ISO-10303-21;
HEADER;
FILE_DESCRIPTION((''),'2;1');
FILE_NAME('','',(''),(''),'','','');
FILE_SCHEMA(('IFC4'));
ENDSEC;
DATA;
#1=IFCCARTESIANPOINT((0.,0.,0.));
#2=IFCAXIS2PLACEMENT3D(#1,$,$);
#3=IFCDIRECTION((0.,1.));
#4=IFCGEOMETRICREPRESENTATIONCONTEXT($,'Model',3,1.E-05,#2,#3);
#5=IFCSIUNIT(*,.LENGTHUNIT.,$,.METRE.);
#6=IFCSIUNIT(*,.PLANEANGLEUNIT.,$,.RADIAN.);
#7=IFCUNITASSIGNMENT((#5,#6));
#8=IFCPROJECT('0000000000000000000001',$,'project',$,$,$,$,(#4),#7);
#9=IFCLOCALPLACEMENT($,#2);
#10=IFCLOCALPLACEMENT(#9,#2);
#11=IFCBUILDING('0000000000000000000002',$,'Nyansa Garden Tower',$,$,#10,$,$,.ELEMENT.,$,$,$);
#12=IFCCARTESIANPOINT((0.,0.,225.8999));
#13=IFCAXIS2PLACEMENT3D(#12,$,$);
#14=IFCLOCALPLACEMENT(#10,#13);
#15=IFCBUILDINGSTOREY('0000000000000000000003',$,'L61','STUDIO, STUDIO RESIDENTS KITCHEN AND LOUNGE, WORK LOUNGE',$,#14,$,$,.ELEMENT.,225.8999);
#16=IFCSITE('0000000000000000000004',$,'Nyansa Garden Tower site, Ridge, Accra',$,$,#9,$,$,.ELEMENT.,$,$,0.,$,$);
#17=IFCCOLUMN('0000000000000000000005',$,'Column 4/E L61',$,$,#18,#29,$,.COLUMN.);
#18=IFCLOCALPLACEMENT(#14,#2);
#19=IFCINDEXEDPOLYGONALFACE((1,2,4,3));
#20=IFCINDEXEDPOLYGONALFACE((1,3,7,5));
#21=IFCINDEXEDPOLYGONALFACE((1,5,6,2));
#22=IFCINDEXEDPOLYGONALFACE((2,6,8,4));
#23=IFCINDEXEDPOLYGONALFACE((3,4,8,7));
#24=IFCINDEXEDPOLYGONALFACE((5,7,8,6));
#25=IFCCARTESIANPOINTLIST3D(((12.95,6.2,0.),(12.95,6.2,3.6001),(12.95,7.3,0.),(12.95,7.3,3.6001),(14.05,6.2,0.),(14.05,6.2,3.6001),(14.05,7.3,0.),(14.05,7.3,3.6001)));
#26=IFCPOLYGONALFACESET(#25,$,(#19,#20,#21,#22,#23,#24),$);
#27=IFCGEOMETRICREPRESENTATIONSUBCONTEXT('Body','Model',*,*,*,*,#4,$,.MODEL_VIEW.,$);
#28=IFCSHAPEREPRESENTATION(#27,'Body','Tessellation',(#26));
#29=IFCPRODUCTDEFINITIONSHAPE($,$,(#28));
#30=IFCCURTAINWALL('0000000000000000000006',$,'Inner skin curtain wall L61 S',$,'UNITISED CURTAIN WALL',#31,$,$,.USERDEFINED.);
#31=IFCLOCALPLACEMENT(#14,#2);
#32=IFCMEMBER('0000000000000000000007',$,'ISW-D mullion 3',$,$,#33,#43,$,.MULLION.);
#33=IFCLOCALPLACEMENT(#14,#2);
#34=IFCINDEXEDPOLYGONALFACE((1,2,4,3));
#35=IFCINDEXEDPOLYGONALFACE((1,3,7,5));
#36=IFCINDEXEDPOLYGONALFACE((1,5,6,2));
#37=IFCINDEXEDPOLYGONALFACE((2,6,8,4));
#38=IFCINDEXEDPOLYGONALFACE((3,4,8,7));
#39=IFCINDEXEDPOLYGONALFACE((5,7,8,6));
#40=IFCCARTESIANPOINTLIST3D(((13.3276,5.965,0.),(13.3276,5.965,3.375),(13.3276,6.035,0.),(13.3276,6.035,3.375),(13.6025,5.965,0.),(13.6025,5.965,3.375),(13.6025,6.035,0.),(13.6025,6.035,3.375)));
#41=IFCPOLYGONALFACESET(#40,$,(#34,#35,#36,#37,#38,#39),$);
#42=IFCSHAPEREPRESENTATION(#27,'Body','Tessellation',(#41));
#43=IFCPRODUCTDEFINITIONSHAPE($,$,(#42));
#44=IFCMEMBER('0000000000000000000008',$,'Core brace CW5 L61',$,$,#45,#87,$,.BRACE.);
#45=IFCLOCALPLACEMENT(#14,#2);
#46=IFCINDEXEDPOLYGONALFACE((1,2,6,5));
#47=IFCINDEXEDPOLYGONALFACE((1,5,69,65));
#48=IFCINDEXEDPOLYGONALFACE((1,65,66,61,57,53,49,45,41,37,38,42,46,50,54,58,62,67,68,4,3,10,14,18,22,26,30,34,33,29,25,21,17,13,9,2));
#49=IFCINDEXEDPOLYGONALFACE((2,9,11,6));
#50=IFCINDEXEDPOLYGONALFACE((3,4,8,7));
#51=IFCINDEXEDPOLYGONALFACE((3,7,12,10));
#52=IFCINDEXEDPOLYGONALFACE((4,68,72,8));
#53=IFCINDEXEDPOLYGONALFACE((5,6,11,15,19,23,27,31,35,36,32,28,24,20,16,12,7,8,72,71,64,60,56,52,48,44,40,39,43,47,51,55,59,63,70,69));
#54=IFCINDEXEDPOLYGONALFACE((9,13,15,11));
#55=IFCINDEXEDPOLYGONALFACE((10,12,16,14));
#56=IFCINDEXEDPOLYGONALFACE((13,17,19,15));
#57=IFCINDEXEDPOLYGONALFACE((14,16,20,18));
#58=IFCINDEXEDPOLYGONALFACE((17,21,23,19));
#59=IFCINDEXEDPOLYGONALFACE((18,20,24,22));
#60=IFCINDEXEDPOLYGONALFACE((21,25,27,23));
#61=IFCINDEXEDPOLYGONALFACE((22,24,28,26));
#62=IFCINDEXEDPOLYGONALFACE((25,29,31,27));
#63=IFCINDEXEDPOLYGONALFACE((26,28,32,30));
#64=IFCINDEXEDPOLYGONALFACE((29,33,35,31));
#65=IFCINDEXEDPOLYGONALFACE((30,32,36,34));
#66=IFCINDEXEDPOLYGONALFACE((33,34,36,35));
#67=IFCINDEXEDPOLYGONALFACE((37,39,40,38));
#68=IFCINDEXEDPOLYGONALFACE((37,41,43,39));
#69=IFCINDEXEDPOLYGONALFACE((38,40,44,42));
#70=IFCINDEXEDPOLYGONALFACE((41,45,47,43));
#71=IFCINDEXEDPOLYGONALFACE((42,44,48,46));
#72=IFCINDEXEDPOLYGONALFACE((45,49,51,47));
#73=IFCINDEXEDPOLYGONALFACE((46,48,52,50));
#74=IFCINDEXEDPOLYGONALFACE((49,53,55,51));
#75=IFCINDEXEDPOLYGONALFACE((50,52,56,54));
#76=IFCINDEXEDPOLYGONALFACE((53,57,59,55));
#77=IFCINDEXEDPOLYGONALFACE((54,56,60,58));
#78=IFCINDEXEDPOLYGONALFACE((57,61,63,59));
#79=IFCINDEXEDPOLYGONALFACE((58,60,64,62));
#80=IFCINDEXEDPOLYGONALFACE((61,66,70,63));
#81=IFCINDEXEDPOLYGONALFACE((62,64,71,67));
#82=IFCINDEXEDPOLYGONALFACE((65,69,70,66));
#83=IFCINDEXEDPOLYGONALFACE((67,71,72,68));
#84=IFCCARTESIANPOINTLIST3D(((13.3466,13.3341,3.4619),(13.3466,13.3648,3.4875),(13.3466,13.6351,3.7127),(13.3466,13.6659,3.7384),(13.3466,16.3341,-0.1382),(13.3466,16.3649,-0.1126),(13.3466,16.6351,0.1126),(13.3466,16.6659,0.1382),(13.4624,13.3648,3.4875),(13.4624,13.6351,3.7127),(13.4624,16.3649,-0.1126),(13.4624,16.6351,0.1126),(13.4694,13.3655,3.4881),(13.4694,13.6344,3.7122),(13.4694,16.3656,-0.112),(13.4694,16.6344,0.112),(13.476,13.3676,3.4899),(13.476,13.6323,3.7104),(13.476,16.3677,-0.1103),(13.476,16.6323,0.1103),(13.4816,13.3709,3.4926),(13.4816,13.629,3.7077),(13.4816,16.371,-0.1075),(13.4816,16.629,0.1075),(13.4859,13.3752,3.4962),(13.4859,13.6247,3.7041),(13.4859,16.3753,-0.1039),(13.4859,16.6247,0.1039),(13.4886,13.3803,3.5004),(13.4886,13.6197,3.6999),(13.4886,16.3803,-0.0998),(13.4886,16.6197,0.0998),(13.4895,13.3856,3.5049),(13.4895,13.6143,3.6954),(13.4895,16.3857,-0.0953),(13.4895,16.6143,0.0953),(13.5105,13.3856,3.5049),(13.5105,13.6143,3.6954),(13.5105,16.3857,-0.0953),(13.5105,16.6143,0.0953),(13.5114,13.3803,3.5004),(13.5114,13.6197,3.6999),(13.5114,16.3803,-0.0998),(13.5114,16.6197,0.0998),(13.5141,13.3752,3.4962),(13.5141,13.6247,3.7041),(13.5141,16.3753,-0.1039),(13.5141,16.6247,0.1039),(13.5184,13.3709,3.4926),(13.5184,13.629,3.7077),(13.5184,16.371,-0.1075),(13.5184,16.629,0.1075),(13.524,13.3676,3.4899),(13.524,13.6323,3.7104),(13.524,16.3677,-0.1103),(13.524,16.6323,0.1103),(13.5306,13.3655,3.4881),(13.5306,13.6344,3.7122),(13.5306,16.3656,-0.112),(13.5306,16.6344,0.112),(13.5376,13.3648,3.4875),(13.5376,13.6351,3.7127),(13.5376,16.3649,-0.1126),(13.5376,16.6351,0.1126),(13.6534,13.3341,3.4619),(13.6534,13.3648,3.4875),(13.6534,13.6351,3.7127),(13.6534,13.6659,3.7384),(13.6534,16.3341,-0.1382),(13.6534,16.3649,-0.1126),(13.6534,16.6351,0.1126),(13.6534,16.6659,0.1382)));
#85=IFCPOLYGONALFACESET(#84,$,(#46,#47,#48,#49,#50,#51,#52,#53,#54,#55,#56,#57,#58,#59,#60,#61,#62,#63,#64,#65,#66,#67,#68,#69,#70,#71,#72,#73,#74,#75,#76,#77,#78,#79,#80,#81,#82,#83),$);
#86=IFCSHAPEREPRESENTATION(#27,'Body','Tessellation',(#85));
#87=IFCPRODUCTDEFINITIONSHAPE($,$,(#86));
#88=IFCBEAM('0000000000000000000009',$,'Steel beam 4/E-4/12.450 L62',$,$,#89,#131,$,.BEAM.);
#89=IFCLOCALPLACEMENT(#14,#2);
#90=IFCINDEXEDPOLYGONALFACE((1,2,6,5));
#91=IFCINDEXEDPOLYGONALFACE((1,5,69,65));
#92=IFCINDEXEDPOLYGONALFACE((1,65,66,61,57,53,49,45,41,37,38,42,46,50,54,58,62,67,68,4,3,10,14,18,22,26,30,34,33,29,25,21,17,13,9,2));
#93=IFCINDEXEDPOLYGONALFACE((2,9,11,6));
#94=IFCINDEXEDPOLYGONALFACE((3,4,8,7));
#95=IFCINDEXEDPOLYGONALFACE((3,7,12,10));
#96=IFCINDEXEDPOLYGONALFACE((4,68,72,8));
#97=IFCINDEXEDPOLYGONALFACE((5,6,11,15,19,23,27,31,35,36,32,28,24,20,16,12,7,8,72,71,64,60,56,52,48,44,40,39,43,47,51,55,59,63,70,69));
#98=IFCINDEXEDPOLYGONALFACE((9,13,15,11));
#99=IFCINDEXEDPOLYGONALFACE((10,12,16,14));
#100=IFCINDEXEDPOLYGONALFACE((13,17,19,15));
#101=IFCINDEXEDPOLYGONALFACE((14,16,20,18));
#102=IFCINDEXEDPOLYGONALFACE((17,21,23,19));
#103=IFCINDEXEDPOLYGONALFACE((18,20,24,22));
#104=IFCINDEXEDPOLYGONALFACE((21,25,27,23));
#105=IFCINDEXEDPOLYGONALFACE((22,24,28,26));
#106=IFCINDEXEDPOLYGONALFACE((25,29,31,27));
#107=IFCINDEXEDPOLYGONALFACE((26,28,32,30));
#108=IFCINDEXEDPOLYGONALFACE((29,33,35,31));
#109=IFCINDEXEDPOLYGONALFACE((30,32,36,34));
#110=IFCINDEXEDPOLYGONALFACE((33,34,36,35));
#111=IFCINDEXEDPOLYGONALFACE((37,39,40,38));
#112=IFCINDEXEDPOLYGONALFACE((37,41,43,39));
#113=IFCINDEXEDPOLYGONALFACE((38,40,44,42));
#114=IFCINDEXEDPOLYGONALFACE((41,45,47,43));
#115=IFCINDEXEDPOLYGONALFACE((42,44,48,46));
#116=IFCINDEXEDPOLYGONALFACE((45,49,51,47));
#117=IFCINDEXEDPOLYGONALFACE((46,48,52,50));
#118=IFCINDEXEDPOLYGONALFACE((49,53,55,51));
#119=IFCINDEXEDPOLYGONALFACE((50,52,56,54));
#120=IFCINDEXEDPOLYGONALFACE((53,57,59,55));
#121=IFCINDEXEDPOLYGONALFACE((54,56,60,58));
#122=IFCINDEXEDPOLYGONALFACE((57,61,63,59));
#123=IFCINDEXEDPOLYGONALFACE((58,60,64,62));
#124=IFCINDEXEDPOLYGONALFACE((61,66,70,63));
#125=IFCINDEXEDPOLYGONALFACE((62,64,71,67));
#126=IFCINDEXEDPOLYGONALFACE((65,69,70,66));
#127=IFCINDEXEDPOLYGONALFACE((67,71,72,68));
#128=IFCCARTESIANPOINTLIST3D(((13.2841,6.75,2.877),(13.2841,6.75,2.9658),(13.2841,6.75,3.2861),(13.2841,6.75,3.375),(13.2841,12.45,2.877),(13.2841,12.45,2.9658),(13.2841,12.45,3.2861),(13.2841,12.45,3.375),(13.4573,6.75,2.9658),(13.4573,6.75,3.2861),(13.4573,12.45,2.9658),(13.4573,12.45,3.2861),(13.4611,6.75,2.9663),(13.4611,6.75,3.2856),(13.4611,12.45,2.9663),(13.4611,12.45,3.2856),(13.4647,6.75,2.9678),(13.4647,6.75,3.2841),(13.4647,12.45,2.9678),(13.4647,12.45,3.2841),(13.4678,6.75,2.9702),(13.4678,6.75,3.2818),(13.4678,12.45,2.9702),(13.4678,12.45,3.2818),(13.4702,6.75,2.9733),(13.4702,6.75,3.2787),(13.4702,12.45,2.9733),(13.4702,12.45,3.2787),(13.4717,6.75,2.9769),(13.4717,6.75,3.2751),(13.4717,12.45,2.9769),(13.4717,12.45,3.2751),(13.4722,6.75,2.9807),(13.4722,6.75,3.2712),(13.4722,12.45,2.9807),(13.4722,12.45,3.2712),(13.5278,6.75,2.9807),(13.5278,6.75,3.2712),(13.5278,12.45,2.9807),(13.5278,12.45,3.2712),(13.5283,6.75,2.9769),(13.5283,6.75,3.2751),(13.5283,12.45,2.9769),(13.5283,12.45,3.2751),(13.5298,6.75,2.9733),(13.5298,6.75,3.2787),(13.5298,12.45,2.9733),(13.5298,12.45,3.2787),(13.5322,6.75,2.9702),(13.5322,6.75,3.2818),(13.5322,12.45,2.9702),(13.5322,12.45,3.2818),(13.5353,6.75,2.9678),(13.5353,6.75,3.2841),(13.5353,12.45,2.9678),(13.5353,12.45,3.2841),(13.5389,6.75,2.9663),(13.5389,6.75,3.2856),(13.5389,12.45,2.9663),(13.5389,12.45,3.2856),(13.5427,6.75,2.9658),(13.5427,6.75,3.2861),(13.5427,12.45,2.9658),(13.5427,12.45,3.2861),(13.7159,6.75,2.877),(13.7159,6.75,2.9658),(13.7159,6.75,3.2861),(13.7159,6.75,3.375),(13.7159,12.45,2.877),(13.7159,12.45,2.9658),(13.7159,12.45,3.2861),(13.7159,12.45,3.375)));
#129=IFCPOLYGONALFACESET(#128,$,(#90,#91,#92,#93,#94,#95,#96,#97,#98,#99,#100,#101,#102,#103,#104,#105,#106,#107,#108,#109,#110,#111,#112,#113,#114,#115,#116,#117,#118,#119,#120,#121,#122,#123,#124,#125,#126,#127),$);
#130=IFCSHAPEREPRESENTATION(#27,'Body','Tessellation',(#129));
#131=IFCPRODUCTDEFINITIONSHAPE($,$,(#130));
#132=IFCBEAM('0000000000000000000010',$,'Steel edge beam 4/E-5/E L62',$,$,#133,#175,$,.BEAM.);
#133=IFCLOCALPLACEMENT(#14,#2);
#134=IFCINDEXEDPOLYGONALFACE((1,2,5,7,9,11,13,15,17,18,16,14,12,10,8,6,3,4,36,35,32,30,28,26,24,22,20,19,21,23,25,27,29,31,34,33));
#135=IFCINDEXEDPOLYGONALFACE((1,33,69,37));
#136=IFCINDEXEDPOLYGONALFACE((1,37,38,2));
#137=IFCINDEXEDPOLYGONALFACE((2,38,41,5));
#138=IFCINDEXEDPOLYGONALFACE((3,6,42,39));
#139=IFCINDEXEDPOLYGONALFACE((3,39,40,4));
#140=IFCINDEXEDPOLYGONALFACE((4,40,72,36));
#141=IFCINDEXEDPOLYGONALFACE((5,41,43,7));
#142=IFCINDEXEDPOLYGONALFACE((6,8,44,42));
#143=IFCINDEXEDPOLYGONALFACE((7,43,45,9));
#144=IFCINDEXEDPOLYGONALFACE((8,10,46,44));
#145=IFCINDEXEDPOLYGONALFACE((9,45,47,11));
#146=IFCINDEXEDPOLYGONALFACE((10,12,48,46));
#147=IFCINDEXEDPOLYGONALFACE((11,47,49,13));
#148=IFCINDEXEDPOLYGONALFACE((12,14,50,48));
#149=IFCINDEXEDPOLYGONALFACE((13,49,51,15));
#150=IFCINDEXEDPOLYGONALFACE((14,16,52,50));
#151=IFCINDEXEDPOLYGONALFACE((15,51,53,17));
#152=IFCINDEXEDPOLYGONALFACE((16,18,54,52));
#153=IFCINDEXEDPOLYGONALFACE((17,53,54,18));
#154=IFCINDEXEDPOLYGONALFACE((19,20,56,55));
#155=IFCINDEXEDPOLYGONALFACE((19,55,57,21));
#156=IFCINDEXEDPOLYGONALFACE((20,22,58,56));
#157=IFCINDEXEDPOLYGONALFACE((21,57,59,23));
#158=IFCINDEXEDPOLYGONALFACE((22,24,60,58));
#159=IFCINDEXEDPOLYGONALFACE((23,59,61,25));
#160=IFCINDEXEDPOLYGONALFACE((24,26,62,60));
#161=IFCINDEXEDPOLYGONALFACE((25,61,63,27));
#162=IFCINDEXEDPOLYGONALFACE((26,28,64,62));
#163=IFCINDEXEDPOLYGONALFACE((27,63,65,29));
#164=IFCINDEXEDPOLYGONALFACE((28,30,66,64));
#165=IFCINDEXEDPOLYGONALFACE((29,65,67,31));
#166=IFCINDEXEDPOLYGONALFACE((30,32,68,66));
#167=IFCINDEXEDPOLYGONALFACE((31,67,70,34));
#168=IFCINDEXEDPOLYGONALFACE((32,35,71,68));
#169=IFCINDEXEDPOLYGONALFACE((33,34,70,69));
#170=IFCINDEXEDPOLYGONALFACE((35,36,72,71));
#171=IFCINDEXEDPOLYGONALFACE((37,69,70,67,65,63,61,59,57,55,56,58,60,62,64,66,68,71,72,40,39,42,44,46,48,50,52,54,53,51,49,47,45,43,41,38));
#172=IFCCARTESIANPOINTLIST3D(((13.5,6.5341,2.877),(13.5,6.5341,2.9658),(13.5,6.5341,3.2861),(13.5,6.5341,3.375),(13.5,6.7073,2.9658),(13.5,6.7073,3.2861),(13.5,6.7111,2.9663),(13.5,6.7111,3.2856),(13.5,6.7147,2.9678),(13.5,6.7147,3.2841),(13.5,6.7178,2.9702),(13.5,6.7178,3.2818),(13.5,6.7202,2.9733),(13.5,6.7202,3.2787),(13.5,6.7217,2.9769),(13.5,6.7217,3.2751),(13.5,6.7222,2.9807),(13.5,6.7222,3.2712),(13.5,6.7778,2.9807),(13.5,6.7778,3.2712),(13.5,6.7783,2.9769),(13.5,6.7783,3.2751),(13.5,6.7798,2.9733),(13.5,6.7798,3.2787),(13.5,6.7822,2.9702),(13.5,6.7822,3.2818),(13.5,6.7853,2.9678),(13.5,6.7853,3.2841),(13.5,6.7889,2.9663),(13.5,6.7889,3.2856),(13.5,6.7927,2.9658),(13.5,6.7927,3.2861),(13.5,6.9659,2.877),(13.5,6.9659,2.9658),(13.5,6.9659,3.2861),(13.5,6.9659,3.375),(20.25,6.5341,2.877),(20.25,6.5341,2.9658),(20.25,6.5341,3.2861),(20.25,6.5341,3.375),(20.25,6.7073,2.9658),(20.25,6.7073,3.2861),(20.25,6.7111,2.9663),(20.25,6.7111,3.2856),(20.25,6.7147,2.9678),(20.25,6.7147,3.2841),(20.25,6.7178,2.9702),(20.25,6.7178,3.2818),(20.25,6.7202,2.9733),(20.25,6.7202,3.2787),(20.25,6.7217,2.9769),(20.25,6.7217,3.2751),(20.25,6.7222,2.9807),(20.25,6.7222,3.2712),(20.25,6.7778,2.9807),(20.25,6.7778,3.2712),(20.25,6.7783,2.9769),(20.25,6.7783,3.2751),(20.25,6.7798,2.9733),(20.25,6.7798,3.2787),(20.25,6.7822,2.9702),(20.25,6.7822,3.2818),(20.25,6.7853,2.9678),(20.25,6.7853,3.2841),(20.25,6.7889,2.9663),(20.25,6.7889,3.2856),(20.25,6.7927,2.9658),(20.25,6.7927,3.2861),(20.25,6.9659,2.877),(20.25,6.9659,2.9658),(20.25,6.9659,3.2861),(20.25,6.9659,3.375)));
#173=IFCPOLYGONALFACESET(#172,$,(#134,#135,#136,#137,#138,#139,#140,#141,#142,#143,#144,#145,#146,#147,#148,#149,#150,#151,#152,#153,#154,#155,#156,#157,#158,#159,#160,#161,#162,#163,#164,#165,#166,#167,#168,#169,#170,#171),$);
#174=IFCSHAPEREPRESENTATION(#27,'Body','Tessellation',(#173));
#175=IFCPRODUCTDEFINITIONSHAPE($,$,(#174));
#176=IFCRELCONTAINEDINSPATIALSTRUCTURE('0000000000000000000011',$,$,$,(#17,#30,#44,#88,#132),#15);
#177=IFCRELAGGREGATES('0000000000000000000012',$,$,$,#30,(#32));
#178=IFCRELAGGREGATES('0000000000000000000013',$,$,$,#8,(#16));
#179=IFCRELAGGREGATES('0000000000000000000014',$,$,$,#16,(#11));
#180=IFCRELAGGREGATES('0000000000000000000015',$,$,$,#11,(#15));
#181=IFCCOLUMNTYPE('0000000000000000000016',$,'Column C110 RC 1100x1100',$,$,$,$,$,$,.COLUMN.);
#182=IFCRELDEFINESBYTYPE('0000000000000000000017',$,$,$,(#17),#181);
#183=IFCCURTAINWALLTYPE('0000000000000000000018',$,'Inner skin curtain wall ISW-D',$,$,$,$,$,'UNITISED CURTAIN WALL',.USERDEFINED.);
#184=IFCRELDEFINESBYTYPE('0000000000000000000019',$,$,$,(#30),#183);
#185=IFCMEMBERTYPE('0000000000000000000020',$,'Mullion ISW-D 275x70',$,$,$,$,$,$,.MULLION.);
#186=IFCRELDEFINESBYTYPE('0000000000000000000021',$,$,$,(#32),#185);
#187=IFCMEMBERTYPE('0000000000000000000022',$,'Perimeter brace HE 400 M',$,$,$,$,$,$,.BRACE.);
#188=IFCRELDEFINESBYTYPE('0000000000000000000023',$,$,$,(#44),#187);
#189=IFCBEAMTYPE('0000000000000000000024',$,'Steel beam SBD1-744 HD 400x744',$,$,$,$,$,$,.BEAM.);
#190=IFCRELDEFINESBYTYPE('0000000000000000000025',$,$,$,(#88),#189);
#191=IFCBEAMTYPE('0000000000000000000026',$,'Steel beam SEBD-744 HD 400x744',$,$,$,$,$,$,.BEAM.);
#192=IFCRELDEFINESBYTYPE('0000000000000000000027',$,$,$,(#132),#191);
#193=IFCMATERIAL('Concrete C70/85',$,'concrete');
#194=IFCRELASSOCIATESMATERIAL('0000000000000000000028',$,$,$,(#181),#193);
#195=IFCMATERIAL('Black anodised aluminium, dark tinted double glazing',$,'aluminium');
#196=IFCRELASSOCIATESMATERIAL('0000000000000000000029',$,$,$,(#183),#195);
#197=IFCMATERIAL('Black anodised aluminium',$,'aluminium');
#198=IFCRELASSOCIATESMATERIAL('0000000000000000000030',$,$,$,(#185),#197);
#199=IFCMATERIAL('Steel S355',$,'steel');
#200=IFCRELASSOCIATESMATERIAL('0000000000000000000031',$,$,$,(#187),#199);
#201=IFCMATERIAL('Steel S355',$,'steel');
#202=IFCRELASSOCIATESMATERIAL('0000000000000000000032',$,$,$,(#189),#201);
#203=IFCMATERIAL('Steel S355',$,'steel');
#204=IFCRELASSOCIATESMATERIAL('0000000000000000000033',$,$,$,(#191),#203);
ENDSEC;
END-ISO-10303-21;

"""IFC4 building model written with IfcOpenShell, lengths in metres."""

from ifc_helpers import new_model, si_unit, direction, frame, origin, origin_2d, place, context, subcontext, project, spatial, rectangle, i_section, extrude, material, material_profile, profile_set, type_object, element, aggregate, save


model = new_model("IFC4")

# Units and contexts
model_context = context("Model", 3, precision=1e-05, world=origin(), true_north=direction((0.0, 1.0)))
body_context = subcontext(model_context, "Body", "Model", "MODEL_VIEW")
ifc_project = project(units=[si_unit("LENGTHUNIT", "METRE"), si_unit("PLANEANGLEUNIT", "RADIAN")], contexts=[model_context])

# Site, building, storey
site_placement = place(None, origin())
site = spatial("IfcSite", under=ifc_project, at=site_placement, Name="Nyansa Garden Tower site, Ridge, Accra", CompositionType="ELEMENT", RefElevation=0.0)
building_placement = place(site_placement, origin())
building = spatial("IfcBuilding", under=site, at=building_placement, Name="Nyansa Garden Tower", CompositionType="ELEMENT")
storey_placement = place(building_placement, frame((0.0, 0.0, 225.8999)))
storey = spatial("IfcBuildingStorey", under=building, at=storey_placement, Name="L61", Description="STUDIO, STUDIO RESIDENTS KITCHEN AND LOUNGE, WORK LOUNGE", CompositionType="ELEMENT", Elevation=225.8999)

# Column
ifc_material_1 = material(Name="Concrete C70/85", Category="concrete")
ifc_material_profile_1 = material_profile(ifc_material_1, rectangle(XDim=1.1001, YDim=1.1001, at=origin_2d()), Name="RC 1100x1100")
ifc_profile_set_1 = profile_set([ifc_material_profile_1], Name="Concrete C70/85")
column_type = type_object("IfcColumnType", Name="Column C110 RC 1100x1100", PredefinedType="COLUMN", material=ifc_profile_set_1)
column_placement = place(storey_placement, frame((13.5, 6.75, 0.0), z_axis=(0.0, 0.0, 1.0), x_axis=(1.0, 0.0, 0.0)))
element("IfcColumn", 1, at=column_placement, inside=storey, type_object=column_type, Name="Column 4/E L61", PredefinedType="COLUMN", context=body_context, shape_type="SweptSolid", body=[
    extrude(rectangle(XDim=1.1001, YDim=1.1001, at=origin_2d()), origin(), (0.0, 0.0, 1.0), 3.6001),
])

# Curtain wall, member
ifc_material_2 = material(Name="Black anodised aluminium, dark tinted double glazing", Category="aluminium")
curtain_wall_type = type_object("IfcCurtainWallType", Name="Inner skin curtain wall ISW-D", ElementType="UNITISED CURTAIN WALL", PredefinedType="USERDEFINED", material=ifc_material_2)
curtain_wall_placement = place(storey_placement, origin())
curtain_wall = element("IfcCurtainWall", 2, at=curtain_wall_placement, inside=storey, type_object=curtain_wall_type, Name="Inner skin curtain wall L61 S", ObjectType="UNITISED CURTAIN WALL", PredefinedType="USERDEFINED")
ifc_material_3 = material(Name="Black anodised aluminium", Category="aluminium")
ifc_material_profile_2 = material_profile(ifc_material_3, rectangle(XDim=0.0701, YDim=0.2749, at=origin_2d()), Name="Mullion 275x70")
ifc_profile_set_2 = profile_set([ifc_material_profile_2], Name="Black anodised aluminium")
member_type_1 = type_object("IfcMemberType", Name="Mullion ISW-D 275x70", PredefinedType="MULLION", material=ifc_profile_set_2)
member_1_placement = place(storey_placement, frame((13.4651, 6.0, 0.0), z_axis=(0.0, 0.0, 1.0), x_axis=(0.0, 1.0, 0.0)))
member_1 = element("IfcMember", 3, at=member_1_placement, type_object=member_type_1, Name="ISW-D mullion 3", PredefinedType="MULLION", context=body_context, shape_type="SweptSolid", body=[
    extrude(rectangle(XDim=0.0701, YDim=0.2749, at=origin_2d()), origin(), (0.0, 0.0, 1.0), 3.375),
])

# Member
ifc_material_4 = material(Name="Steel S355", Category="steel")
ifc_material_profile_3 = material_profile(ifc_material_4, i_section(OverallWidth=0.3069, OverallDepth=0.4319, WebThickness=0.021, FlangeThickness=0.04, FilletRadius=0.0271, at=origin_2d()), Name="HE 400 M")
ifc_profile_set_3 = profile_set([ifc_material_profile_3], Name="Steel S355")
member_type_2 = type_object("IfcMemberType", Name="Perimeter brace HE 400 M", PredefinedType="BRACE", material=ifc_profile_set_3)
member_2_placement = place(storey_placement, frame((13.5, 16.5, 0.0), z_axis=(0.0, -0.640174, 0.76823), x_axis=(1.0, 0.0, 0.0)))
element("IfcMember", 4, at=member_2_placement, inside=storey, type_object=member_type_2, Name="Core brace CW5 L61", PredefinedType="BRACE", context=body_context, shape_type="SweptSolid", body=[
    extrude(i_section(OverallWidth=0.3069, OverallDepth=0.4319, WebThickness=0.021, FlangeThickness=0.04, FilletRadius=0.0271, at=origin_2d()), origin(), (0.0, 0.0, 1.0), 4.6863),
])

# Beams
ifc_material_5 = material(Name="Steel S355", Category="steel")
ifc_material_profile_4 = material_profile(ifc_material_5, i_section(OverallWidth=0.4319, OverallDepth=0.498, WebThickness=0.0557, FlangeThickness=0.0889, FilletRadius=0.0149, at=origin_2d()), Name="HD 400x744")
ifc_profile_set_4 = profile_set([ifc_material_profile_4], Name="Steel S355")
beam_type_1 = type_object("IfcBeamType", Name="Steel beam SBD1-744 HD 400x744", PredefinedType="BEAM", material=ifc_profile_set_4)
beam_1_placement = place(storey_placement, frame((13.5, 6.75, 3.126), z_axis=(0.0, 1.0, 0.0), x_axis=(-1.0, 0.0, 0.0)))
element("IfcBeam", 5, at=beam_1_placement, inside=storey, type_object=beam_type_1, Name="Steel beam 4/E-4/12.450 L62", PredefinedType="BEAM", context=body_context, shape_type="SweptSolid", body=[
    extrude(i_section(OverallWidth=0.4319, OverallDepth=0.498, WebThickness=0.0557, FlangeThickness=0.0889, FilletRadius=0.0149, at=origin_2d()), origin(), (0.0, 0.0, 1.0), 5.7),
])
ifc_material_6 = material(Name="Steel S355", Category="steel")
ifc_material_profile_5 = material_profile(ifc_material_6, i_section(OverallWidth=0.4319, OverallDepth=0.498, WebThickness=0.0557, FlangeThickness=0.0889, FilletRadius=0.0149, at=origin_2d()), Name="HD 400x744")
ifc_profile_set_5 = profile_set([ifc_material_profile_5], Name="Steel S355")
beam_type_2 = type_object("IfcBeamType", Name="Steel beam SEBD-744 HD 400x744", PredefinedType="BEAM", material=ifc_profile_set_5)
beam_2_placement = place(storey_placement, frame((13.5, 6.75, 3.126), z_axis=(1.0, 0.0, 0.0), x_axis=(0.0, 1.0, 0.0)))
element("IfcBeam", 6, at=beam_2_placement, inside=storey, type_object=beam_type_2, Name="Steel edge beam 4/E-5/E L62", PredefinedType="BEAM", context=body_context, shape_type="SweptSolid", body=[
    extrude(i_section(OverallWidth=0.4319, OverallDepth=0.498, WebThickness=0.0557, FlangeThickness=0.0889, FilletRadius=0.0149, at=origin_2d()), origin(), (0.0, 0.0, 1.0), 6.75),
])

aggregate(curtain_wall, [member_1])

save(model, "model.ifc")
